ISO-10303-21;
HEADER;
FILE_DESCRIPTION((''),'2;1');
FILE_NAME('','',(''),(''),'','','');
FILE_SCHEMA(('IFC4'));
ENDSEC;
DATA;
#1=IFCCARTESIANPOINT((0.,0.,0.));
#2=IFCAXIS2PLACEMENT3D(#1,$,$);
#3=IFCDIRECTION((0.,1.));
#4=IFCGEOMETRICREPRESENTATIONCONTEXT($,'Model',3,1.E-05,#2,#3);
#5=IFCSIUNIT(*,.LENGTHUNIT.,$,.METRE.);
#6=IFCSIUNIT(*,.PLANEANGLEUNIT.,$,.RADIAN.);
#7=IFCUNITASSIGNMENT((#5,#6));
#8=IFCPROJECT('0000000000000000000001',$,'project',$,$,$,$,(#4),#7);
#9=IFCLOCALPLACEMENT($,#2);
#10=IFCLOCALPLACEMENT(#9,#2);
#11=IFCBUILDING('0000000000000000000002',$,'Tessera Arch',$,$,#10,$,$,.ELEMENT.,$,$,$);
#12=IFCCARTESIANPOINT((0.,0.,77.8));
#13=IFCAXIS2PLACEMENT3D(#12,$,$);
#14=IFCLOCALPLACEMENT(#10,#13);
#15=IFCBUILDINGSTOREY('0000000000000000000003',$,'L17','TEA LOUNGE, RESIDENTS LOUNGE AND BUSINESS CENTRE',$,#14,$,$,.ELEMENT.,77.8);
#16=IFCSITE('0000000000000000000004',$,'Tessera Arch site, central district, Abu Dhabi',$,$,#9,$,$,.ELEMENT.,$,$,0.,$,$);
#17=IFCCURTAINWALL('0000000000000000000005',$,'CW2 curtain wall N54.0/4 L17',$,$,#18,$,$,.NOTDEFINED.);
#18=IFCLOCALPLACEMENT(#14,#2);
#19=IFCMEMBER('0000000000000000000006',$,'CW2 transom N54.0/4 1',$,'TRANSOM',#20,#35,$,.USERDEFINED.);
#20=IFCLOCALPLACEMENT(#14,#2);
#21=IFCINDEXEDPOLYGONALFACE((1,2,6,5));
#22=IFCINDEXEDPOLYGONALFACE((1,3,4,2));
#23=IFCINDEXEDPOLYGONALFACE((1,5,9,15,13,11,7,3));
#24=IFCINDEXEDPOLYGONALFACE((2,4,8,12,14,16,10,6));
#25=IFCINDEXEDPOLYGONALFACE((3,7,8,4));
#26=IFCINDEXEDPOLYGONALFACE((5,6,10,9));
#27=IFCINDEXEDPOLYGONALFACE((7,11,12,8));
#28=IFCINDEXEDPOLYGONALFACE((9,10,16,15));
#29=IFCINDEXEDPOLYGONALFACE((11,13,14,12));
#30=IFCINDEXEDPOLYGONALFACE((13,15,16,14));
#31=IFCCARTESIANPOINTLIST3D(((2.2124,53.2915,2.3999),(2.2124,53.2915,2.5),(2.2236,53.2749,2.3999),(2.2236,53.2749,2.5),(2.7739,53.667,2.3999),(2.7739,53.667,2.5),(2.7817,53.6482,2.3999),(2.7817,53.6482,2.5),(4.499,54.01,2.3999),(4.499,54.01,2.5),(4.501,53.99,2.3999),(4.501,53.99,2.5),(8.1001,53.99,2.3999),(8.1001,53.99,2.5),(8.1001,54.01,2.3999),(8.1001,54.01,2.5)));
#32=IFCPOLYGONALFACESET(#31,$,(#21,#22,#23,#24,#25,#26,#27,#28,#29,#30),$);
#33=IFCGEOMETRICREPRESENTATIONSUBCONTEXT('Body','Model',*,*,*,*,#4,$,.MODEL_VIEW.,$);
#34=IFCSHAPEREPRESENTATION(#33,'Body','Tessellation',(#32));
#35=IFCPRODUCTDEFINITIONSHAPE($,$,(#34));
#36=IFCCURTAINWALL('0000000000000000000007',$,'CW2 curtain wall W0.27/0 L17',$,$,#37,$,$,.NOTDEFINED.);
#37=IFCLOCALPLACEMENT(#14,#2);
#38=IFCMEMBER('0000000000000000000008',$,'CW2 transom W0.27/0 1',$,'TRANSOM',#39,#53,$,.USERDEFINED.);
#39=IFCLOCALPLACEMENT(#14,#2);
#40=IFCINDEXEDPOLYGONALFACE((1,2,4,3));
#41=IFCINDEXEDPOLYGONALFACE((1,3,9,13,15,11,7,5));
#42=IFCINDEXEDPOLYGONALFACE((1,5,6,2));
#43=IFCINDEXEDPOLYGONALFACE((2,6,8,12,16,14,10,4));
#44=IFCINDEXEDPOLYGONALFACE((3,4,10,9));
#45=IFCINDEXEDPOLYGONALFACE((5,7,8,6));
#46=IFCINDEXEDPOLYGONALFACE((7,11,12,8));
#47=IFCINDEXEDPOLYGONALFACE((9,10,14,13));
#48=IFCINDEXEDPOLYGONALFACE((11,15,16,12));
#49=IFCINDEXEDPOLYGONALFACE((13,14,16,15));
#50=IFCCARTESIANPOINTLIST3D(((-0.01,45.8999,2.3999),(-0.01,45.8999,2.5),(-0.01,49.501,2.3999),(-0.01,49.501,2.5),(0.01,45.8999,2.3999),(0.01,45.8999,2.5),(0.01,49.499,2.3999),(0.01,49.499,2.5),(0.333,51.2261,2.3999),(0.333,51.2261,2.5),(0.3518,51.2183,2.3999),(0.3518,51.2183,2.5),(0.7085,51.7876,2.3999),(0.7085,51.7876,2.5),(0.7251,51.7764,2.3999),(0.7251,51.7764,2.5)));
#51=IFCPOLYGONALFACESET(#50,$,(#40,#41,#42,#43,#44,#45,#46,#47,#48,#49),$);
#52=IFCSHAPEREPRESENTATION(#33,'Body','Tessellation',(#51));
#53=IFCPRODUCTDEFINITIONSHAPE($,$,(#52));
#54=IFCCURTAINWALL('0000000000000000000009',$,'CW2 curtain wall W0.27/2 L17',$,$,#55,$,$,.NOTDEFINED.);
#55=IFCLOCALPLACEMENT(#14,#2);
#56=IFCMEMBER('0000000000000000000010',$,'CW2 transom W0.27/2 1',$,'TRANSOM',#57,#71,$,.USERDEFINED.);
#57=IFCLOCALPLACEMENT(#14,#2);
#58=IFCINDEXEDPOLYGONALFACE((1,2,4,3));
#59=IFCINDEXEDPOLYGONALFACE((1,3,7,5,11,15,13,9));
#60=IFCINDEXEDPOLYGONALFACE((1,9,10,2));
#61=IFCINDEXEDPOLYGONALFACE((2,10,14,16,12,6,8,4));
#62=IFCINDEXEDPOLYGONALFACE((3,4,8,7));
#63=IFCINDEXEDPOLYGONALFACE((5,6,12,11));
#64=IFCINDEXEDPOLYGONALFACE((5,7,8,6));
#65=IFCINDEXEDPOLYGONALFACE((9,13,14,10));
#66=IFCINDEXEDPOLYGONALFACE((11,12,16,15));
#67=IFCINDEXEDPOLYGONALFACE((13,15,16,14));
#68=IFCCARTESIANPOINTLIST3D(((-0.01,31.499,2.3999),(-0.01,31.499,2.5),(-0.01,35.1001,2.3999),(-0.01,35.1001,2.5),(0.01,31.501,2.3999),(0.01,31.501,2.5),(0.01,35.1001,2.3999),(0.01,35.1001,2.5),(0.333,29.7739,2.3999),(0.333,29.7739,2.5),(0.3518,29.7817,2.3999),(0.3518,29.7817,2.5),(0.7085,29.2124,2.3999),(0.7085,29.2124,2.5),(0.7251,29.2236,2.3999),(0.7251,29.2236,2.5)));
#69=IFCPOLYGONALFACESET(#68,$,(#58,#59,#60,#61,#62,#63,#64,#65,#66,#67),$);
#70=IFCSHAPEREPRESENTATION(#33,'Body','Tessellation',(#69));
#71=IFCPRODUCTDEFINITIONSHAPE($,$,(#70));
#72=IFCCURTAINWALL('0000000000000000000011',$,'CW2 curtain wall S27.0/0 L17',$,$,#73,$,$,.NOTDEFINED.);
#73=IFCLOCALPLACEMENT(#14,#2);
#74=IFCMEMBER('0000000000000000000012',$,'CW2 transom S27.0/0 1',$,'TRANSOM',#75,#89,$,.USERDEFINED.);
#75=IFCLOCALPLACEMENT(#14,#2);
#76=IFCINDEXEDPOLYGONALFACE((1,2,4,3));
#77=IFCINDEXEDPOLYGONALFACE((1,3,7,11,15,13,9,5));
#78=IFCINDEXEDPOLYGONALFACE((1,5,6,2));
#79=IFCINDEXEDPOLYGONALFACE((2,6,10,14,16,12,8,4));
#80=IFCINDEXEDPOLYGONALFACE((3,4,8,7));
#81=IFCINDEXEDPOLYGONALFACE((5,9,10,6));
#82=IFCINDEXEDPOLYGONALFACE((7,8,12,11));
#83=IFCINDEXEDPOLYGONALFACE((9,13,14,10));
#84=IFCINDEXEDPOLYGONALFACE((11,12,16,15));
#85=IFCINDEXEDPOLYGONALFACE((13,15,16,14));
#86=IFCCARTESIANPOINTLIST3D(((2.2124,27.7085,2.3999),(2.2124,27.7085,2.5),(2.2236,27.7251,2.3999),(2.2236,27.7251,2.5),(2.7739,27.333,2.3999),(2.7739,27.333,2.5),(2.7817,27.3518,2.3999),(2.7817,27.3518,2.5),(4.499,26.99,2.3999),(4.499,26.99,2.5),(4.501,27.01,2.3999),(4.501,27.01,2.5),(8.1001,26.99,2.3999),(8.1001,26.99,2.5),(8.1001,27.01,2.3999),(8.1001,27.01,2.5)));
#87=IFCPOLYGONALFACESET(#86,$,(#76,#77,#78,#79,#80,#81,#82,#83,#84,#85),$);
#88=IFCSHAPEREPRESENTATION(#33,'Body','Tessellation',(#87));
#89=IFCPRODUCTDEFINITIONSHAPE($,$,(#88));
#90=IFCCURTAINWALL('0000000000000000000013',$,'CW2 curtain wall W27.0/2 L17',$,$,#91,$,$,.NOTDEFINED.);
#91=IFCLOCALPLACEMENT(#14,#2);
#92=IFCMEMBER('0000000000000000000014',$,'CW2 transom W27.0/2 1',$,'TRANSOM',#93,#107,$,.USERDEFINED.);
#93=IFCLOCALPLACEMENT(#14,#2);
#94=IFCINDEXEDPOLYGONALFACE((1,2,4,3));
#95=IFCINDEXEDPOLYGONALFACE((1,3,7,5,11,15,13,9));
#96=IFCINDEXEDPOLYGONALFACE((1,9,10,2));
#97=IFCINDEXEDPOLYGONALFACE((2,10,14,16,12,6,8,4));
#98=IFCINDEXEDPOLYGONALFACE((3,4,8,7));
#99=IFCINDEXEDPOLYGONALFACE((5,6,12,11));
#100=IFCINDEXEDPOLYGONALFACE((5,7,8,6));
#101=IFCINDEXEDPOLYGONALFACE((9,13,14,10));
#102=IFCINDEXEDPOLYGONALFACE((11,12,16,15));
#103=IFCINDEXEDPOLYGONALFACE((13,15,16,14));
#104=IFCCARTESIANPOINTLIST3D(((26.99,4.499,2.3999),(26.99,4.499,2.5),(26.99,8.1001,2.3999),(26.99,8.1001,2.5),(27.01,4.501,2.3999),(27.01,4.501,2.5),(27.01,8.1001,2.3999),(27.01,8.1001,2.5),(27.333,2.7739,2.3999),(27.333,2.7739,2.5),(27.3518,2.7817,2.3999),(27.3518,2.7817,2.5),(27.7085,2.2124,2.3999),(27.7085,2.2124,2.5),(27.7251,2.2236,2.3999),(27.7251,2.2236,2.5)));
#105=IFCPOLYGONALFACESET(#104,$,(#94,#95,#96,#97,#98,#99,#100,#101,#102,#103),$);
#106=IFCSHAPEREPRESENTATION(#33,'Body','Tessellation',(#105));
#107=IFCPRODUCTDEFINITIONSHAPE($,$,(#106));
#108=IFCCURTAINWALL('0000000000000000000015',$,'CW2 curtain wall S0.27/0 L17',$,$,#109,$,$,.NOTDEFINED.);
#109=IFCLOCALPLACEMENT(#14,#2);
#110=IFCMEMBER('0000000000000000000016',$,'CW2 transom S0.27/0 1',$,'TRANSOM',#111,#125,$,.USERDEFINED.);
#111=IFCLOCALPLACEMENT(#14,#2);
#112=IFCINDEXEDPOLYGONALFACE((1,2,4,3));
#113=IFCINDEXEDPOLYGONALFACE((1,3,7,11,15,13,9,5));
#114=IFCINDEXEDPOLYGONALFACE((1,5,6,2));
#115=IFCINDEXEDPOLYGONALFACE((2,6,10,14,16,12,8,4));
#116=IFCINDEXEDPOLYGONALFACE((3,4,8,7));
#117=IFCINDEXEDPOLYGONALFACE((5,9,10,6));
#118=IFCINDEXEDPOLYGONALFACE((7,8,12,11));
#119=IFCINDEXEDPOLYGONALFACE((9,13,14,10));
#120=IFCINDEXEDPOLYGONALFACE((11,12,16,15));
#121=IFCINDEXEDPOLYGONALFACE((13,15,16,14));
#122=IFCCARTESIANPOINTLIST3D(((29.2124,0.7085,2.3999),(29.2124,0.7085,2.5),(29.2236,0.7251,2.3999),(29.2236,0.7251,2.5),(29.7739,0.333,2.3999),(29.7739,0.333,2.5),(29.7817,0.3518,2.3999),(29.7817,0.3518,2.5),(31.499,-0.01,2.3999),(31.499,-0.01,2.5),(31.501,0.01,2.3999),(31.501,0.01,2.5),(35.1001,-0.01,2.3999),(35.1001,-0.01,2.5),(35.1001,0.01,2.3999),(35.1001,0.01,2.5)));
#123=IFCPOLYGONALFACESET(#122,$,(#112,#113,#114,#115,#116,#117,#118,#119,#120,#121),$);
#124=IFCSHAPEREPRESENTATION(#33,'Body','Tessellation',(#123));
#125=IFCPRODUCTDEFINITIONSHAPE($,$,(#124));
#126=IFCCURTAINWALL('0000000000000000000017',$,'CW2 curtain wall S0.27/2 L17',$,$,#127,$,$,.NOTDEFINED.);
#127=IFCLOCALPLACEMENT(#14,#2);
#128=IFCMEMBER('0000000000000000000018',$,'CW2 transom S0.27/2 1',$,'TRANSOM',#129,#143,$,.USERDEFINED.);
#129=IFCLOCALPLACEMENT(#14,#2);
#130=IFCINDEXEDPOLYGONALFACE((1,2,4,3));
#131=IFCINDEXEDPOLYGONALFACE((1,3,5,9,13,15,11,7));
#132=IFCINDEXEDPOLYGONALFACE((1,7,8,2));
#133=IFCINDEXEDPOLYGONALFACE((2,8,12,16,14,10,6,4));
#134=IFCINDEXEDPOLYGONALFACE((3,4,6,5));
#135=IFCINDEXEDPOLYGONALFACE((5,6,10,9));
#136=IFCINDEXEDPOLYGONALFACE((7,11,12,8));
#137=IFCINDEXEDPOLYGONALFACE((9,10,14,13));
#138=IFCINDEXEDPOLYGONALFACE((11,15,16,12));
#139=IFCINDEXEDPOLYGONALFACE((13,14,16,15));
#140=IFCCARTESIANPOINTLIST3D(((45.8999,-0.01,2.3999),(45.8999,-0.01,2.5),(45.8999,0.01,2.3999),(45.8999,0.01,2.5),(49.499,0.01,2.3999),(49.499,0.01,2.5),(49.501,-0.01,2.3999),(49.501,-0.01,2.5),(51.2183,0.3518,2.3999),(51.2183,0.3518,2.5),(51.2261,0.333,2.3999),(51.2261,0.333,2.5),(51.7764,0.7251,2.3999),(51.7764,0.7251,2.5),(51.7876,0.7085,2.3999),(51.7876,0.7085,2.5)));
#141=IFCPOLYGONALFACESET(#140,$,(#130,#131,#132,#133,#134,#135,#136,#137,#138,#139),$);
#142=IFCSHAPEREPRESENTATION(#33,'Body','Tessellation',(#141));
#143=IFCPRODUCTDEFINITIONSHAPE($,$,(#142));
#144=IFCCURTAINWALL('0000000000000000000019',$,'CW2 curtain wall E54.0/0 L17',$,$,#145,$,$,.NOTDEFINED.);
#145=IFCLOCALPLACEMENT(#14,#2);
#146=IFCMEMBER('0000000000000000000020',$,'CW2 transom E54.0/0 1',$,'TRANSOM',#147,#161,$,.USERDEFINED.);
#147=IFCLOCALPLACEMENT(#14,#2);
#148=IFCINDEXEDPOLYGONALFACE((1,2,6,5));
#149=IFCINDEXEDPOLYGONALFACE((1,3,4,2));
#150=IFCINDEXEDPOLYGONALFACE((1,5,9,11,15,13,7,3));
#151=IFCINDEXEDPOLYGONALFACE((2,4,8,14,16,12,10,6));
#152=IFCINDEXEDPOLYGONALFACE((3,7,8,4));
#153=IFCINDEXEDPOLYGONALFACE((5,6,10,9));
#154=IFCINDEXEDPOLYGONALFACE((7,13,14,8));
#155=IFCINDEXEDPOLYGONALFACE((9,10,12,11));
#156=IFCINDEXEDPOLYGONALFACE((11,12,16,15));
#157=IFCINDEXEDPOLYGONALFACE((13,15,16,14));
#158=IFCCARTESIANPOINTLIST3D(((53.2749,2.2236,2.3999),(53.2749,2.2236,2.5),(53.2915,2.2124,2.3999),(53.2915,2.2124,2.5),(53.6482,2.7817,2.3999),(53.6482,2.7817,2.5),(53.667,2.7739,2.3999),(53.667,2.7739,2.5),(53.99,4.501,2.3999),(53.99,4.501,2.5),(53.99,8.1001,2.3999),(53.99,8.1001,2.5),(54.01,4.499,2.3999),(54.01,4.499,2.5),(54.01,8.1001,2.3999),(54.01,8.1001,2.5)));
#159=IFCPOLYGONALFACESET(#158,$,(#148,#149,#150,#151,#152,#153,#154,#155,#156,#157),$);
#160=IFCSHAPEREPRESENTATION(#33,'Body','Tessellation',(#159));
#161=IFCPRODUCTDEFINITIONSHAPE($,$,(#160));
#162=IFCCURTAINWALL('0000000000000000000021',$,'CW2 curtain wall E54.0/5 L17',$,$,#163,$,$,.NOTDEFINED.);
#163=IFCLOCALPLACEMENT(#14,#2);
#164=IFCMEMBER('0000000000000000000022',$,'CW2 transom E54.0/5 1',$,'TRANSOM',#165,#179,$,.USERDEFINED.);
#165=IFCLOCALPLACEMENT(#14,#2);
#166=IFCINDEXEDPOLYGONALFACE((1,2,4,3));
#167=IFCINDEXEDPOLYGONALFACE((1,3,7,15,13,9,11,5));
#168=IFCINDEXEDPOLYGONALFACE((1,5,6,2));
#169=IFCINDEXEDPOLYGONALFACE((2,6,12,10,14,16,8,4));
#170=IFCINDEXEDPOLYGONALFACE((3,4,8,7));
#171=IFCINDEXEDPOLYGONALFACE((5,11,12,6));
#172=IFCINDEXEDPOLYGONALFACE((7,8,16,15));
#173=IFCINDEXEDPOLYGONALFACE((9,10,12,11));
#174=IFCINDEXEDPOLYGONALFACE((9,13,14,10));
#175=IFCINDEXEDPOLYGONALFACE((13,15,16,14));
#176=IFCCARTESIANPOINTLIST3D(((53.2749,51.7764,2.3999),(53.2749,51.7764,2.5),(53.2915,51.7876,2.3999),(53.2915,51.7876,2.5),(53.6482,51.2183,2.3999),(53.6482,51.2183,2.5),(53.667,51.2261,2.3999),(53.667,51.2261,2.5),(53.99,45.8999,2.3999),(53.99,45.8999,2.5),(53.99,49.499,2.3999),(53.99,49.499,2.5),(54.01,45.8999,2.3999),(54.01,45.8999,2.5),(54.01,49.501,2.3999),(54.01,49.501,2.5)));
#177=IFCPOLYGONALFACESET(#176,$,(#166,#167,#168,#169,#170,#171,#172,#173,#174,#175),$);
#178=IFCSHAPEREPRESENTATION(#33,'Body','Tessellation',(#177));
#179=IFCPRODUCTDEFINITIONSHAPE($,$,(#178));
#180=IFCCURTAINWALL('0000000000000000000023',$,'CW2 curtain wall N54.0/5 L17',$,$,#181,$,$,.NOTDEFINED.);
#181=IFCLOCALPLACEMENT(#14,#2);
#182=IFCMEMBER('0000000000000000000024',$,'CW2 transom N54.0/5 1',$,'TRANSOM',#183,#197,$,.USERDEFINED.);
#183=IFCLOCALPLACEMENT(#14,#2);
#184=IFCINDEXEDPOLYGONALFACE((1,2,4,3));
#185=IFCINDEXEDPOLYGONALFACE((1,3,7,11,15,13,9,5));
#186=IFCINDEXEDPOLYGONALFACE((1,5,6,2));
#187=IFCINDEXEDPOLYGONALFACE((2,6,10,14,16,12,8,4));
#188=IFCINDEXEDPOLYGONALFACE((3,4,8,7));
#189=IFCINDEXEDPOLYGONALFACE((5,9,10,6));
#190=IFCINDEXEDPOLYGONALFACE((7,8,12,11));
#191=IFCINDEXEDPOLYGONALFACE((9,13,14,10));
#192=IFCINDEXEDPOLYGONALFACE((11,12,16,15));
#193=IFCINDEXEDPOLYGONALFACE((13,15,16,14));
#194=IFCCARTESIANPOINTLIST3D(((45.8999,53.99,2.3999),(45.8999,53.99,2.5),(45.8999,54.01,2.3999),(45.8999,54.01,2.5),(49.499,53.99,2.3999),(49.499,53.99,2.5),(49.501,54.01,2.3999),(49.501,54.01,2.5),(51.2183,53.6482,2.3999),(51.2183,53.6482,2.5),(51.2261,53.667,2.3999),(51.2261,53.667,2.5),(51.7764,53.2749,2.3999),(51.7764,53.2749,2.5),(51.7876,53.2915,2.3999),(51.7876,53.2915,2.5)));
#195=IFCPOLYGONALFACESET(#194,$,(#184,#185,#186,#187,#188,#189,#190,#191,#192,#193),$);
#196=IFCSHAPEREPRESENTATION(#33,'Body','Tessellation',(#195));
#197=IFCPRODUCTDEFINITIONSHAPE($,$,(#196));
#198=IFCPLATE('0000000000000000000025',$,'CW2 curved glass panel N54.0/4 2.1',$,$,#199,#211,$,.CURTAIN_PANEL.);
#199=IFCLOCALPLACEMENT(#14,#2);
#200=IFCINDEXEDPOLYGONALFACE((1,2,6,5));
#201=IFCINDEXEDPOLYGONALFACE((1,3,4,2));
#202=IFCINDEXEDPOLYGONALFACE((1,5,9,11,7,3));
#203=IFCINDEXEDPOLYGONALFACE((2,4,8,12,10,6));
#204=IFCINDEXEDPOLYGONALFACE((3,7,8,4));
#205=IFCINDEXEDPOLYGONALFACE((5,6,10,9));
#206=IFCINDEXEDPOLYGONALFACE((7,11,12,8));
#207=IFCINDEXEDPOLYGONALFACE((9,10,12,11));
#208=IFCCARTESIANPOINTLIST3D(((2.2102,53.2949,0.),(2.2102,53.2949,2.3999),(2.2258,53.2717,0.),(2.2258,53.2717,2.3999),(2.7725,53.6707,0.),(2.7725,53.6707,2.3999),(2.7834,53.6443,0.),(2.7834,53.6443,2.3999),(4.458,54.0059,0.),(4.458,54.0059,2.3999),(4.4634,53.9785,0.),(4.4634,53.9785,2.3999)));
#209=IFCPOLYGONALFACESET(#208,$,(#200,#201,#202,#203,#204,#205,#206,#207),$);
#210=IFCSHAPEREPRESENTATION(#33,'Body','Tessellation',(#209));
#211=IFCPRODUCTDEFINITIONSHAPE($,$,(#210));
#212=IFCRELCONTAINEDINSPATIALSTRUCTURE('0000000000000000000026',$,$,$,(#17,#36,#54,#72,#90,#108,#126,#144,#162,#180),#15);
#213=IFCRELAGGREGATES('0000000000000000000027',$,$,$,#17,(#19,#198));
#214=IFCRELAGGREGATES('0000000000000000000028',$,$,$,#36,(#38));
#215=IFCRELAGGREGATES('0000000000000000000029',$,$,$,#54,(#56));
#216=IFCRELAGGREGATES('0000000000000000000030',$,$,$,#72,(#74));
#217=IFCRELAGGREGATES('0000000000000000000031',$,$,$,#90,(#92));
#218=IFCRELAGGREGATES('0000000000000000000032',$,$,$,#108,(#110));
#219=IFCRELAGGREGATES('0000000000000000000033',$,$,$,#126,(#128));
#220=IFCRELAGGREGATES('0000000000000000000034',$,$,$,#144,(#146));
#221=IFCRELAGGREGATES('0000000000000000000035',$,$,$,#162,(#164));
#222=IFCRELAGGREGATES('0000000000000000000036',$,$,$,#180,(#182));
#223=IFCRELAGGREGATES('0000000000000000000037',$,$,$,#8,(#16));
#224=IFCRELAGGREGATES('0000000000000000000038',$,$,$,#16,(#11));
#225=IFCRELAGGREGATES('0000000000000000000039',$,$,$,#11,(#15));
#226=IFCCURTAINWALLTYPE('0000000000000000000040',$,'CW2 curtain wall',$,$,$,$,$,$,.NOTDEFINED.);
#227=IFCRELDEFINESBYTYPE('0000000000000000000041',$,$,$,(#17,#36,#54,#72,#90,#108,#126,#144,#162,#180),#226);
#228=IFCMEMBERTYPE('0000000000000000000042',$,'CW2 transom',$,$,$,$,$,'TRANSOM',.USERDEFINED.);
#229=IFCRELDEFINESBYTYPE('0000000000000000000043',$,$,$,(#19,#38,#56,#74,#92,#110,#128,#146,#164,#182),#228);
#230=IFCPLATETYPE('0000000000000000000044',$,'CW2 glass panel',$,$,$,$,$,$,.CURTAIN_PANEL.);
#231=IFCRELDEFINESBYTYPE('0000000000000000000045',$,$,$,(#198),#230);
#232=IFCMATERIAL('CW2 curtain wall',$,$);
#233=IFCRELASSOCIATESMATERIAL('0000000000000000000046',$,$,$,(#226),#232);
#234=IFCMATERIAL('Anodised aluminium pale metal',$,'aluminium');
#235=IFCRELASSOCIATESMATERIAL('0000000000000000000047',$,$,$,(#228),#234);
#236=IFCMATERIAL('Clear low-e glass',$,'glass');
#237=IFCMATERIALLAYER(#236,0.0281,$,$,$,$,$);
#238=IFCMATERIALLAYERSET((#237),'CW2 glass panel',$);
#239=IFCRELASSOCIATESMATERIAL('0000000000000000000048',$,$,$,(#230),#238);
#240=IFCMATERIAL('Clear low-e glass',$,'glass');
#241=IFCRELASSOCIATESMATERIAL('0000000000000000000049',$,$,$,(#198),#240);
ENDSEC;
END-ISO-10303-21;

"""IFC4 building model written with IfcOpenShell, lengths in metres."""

from ifc_helpers import new_model, si_unit, direction, frame, origin, origin_2d, place, context, subcontext, project, spatial, polyline, rectangle, outline, extrude, material, layer, layer_set, material_profile, profile_set, type_object, element, aggregate, save


model = new_model("IFC4")

# Units and contexts
model_context = context("Model", 3, precision=1e-05, world=origin(), true_north=direction((0.0, 1.0)))
body_context = subcontext(model_context, "Body", "Model", "MODEL_VIEW")
ifc_project = project(units=[si_unit("LENGTHUNIT", "METRE"), si_unit("PLANEANGLEUNIT", "RADIAN")], contexts=[model_context])

# Site, building, storey
site_placement = place(None, origin())
site = spatial("IfcSite", under=ifc_project, at=site_placement, Name="Tessera Arch site, central district, Abu Dhabi", CompositionType="ELEMENT", RefElevation=0.0)
building_placement = place(site_placement, origin())
building = spatial("IfcBuilding", under=site, at=building_placement, Name="Tessera Arch", CompositionType="ELEMENT")
storey_placement = place(building_placement, frame((0.0, 0.0, 77.8)))
storey = spatial("IfcBuildingStorey", under=building, at=storey_placement, Name="L17", Description="TEA LOUNGE, RESIDENTS LOUNGE AND BUSINESS CENTRE", CompositionType="ELEMENT", Elevation=77.8)

# Curtain walls, members
ifc_material_1 = material(Name="CW2 curtain wall")
curtain_wall_type = type_object("IfcCurtainWallType", Name="CW2 curtain wall", PredefinedType="NOTDEFINED", material=ifc_material_1)
curtain_wall_1_placement = place(storey_placement, origin())
curtain_wall_1 = element("IfcCurtainWall", 1, at=curtain_wall_1_placement, inside=storey, type_object=curtain_wall_type, Name="CW2 curtain wall N54.0/4 L17", PredefinedType="NOTDEFINED")
ifc_material_2 = material(Name="Anodised aluminium pale metal", Category="aluminium")
ifc_material_profile = material_profile(ifc_material_2, rectangle(XDim=0.2, YDim=0.1001, at=origin_2d()), Name="AL 200x100")
ifc_profile_set = profile_set([ifc_material_profile], Name="Anodised aluminium pale metal")
member_type = type_object("IfcMemberType", Name="CW2 transom", ElementType="TRANSOM", PredefinedType="USERDEFINED", material=ifc_profile_set)
member_1_placement = place(storey_placement, frame((0.0, 0.0, 2.3999)))
member_1 = element("IfcMember", 2, at=member_1_placement, type_object=member_type, Name="CW2 transom N54.0/4 1", ObjectType="TRANSOM", PredefinedType="USERDEFINED", context=body_context, shape_type="SweptSolid", body=[
    extrude(outline(polyline([(4.501, 53.99), (8.1001, 53.99), (8.1001, 54.01), (4.499, 54.01), (2.7739, 53.667), (2.2124, 53.2915), (2.2236, 53.2749), (2.7817, 53.6482), (4.501, 53.99)])), origin(), (0.0, 0.0, 1.0), 0.1001),
])
curtain_wall_2_placement = place(storey_placement, origin())
curtain_wall_2 = element("IfcCurtainWall", 3, at=curtain_wall_2_placement, inside=storey, type_object=curtain_wall_type, Name="CW2 curtain wall W0.27/0 L17", PredefinedType="NOTDEFINED")
member_2_placement = place(storey_placement, frame((0.0, 0.0, 2.3999)))
member_2 = element("IfcMember", 4, at=member_2_placement, type_object=member_type, Name="CW2 transom W0.27/0 1", ObjectType="TRANSOM", PredefinedType="USERDEFINED", context=body_context, shape_type="SweptSolid", body=[
    extrude(outline(polyline([(0.3518, 51.2183), (0.7251, 51.7764), (0.7085, 51.7876), (0.333, 51.2261), (-0.01, 49.501), (-0.01, 45.8999), (0.01, 45.8999), (0.01, 49.499), (0.3518, 51.2183)])), origin(), (0.0, 0.0, 1.0), 0.1001),
])
curtain_wall_3_placement = place(storey_placement, origin())
curtain_wall_3 = element("IfcCurtainWall", 5, at=curtain_wall_3_placement, inside=storey, type_object=curtain_wall_type, Name="CW2 curtain wall W0.27/2 L17", PredefinedType="NOTDEFINED")
member_3_placement = place(storey_placement, frame((0.0, 0.0, 2.3999)))
member_3 = element("IfcMember", 6, at=member_3_placement, type_object=member_type, Name="CW2 transom W0.27/2 1", ObjectType="TRANSOM", PredefinedType="USERDEFINED", context=body_context, shape_type="SweptSolid", body=[
    extrude(outline(polyline([(0.01, 31.501), (0.01, 35.1001), (-0.01, 35.1001), (-0.01, 31.499), (0.333, 29.7739), (0.7085, 29.2124), (0.7251, 29.2236), (0.3518, 29.7817), (0.01, 31.501)])), origin(), (0.0, 0.0, 1.0), 0.1001),
])
curtain_wall_4_placement = place(storey_placement, origin())
curtain_wall_4 = element("IfcCurtainWall", 7, at=curtain_wall_4_placement, inside=storey, type_object=curtain_wall_type, Name="CW2 curtain wall S27.0/0 L17", PredefinedType="NOTDEFINED")
member_4_placement = place(storey_placement, frame((0.0, 0.0, 2.3999)))
member_4 = element("IfcMember", 8, at=member_4_placement, type_object=member_type, Name="CW2 transom S27.0/0 1", ObjectType="TRANSOM", PredefinedType="USERDEFINED", context=body_context, shape_type="SweptSolid", body=[
    extrude(outline(polyline([(2.7817, 27.3518), (2.2236, 27.7251), (2.2124, 27.7085), (2.7739, 27.333), (4.499, 26.99), (8.1001, 26.99), (8.1001, 27.01), (4.501, 27.01), (2.7817, 27.3518)])), origin(), (0.0, 0.0, 1.0), 0.1001),
])
curtain_wall_5_placement = place(storey_placement, origin())
curtain_wall_5 = element("IfcCurtainWall", 9, at=curtain_wall_5_placement, inside=storey, type_object=curtain_wall_type, Name="CW2 curtain wall W27.0/2 L17", PredefinedType="NOTDEFINED")
member_5_placement = place(storey_placement, frame((0.0, 0.0, 2.3999)))
member_5 = element("IfcMember", 10, at=member_5_placement, type_object=member_type, Name="CW2 transom W27.0/2 1", ObjectType="TRANSOM", PredefinedType="USERDEFINED", context=body_context, shape_type="SweptSolid", body=[
    extrude(outline(polyline([(27.01, 4.501), (27.01, 8.1001), (26.99, 8.1001), (26.99, 4.499), (27.333, 2.7739), (27.7085, 2.2124), (27.7251, 2.2236), (27.3518, 2.7817), (27.01, 4.501)])), origin(), (0.0, 0.0, 1.0), 0.1001),
])
curtain_wall_6_placement = place(storey_placement, origin())
curtain_wall_6 = element("IfcCurtainWall", 11, at=curtain_wall_6_placement, inside=storey, type_object=curtain_wall_type, Name="CW2 curtain wall S0.27/0 L17", PredefinedType="NOTDEFINED")
member_6_placement = place(storey_placement, frame((0.0, 0.0, 2.3999)))
member_6 = element("IfcMember", 12, at=member_6_placement, type_object=member_type, Name="CW2 transom S0.27/0 1", ObjectType="TRANSOM", PredefinedType="USERDEFINED", context=body_context, shape_type="SweptSolid", body=[
    extrude(outline(polyline([(29.7817, 0.3518), (29.2236, 0.7251), (29.2124, 0.7085), (29.7739, 0.333), (31.499, -0.01), (35.1001, -0.01), (35.1001, 0.01), (31.501, 0.01), (29.7817, 0.3518)])), origin(), (0.0, 0.0, 1.0), 0.1001),
])
curtain_wall_7_placement = place(storey_placement, origin())
curtain_wall_7 = element("IfcCurtainWall", 13, at=curtain_wall_7_placement, inside=storey, type_object=curtain_wall_type, Name="CW2 curtain wall S0.27/2 L17", PredefinedType="NOTDEFINED")
member_7_placement = place(storey_placement, frame((0.0, 0.0, 2.3999)))
member_7 = element("IfcMember", 14, at=member_7_placement, type_object=member_type, Name="CW2 transom S0.27/2 1", ObjectType="TRANSOM", PredefinedType="USERDEFINED", context=body_context, shape_type="SweptSolid", body=[
    extrude(outline(polyline([(49.499, 0.01), (45.8999, 0.01), (45.8999, -0.01), (49.501, -0.01), (51.2261, 0.333), (51.7876, 0.7085), (51.7764, 0.7251), (51.2183, 0.3518), (49.499, 0.01)])), origin(), (0.0, 0.0, 1.0), 0.1001),
])
curtain_wall_8_placement = place(storey_placement, origin())
curtain_wall_8 = element("IfcCurtainWall", 15, at=curtain_wall_8_placement, inside=storey, type_object=curtain_wall_type, Name="CW2 curtain wall E54.0/0 L17", PredefinedType="NOTDEFINED")
member_8_placement = place(storey_placement, frame((0.0, 0.0, 2.3999)))
member_8 = element("IfcMember", 16, at=member_8_placement, type_object=member_type, Name="CW2 transom E54.0/0 1", ObjectType="TRANSOM", PredefinedType="USERDEFINED", context=body_context, shape_type="SweptSolid", body=[
    extrude(outline(polyline([(53.6482, 2.7817), (53.2749, 2.2236), (53.2915, 2.2124), (53.667, 2.7739), (54.01, 4.499), (54.01, 8.1001), (53.99, 8.1001), (53.99, 4.501), (53.6482, 2.7817)])), origin(), (0.0, 0.0, 1.0), 0.1001),
])
curtain_wall_9_placement = place(storey_placement, origin())
curtain_wall_9 = element("IfcCurtainWall", 17, at=curtain_wall_9_placement, inside=storey, type_object=curtain_wall_type, Name="CW2 curtain wall E54.0/5 L17", PredefinedType="NOTDEFINED")
member_9_placement = place(storey_placement, frame((0.0, 0.0, 2.3999)))
member_9 = element("IfcMember", 18, at=member_9_placement, type_object=member_type, Name="CW2 transom E54.0/5 1", ObjectType="TRANSOM", PredefinedType="USERDEFINED", context=body_context, shape_type="SweptSolid", body=[
    extrude(outline(polyline([(53.99, 49.499), (53.99, 45.8999), (54.01, 45.8999), (54.01, 49.501), (53.667, 51.2261), (53.2915, 51.7876), (53.2749, 51.7764), (53.6482, 51.2183), (53.99, 49.499)])), origin(), (0.0, 0.0, 1.0), 0.1001),
])
curtain_wall_10_placement = place(storey_placement, origin())
curtain_wall_10 = element("IfcCurtainWall", 19, at=curtain_wall_10_placement, inside=storey, type_object=curtain_wall_type, Name="CW2 curtain wall N54.0/5 L17", PredefinedType="NOTDEFINED")
member_10_placement = place(storey_placement, frame((0.0, 0.0, 2.3999)))
member_10 = element("IfcMember", 20, at=member_10_placement, type_object=member_type, Name="CW2 transom N54.0/5 1", ObjectType="TRANSOM", PredefinedType="USERDEFINED", context=body_context, shape_type="SweptSolid", body=[
    extrude(outline(polyline([(51.2183, 53.6482), (51.7764, 53.2749), (51.7876, 53.2915), (51.2261, 53.667), (49.501, 54.01), (45.8999, 54.01), (45.8999, 53.99), (49.499, 53.99), (51.2183, 53.6482)])), origin(), (0.0, 0.0, 1.0), 0.1001),
])

# Plate
ifc_material_3 = material(Name="Clear low-e glass", Category="glass")
ifc_material_4 = material(Name="Clear low-e glass", Category="glass")
ifc_layer_1 = layer(ifc_material_4, 0.0281)
ifc_layer_set_1 = layer_set([ifc_layer_1], Name="CW2 glass panel")
plate_type_1 = type_object("IfcPlateType", Name="CW2 glass panel", PredefinedType="CURTAIN_PANEL", material=ifc_layer_set_1)
plate_1_placement = place(storey_placement, origin())
plate_1 = element("IfcPlate", 21, at=plate_1_placement, type_object=plate_type_1, material=ifc_material_3, Name="CW2 curved glass panel N54.0/4 2.1", PredefinedType="CURTAIN_PANEL", context=body_context, shape_type="SweptSolid", body=[
    extrude(outline(polyline([(2.7834, 53.6443), (4.4634, 53.9785), (4.458, 54.0059), (2.7725, 53.6707), (2.2102, 53.2949), (2.2258, 53.2717), (2.7834, 53.6443)])), origin(), (0.0, 0.0, 1.0), 2.3999),
])
aggregate(curtain_wall_1, [member_1, plate_1])
aggregate(curtain_wall_2, [member_2])
aggregate(curtain_wall_3, [member_3])
aggregate(curtain_wall_4, [member_4])
aggregate(curtain_wall_5, [member_5])
aggregate(curtain_wall_6, [member_6])
aggregate(curtain_wall_7, [member_7])
aggregate(curtain_wall_8, [member_8])
aggregate(curtain_wall_9, [member_9])
aggregate(curtain_wall_10, [member_10])

save(model, "model.ifc")
